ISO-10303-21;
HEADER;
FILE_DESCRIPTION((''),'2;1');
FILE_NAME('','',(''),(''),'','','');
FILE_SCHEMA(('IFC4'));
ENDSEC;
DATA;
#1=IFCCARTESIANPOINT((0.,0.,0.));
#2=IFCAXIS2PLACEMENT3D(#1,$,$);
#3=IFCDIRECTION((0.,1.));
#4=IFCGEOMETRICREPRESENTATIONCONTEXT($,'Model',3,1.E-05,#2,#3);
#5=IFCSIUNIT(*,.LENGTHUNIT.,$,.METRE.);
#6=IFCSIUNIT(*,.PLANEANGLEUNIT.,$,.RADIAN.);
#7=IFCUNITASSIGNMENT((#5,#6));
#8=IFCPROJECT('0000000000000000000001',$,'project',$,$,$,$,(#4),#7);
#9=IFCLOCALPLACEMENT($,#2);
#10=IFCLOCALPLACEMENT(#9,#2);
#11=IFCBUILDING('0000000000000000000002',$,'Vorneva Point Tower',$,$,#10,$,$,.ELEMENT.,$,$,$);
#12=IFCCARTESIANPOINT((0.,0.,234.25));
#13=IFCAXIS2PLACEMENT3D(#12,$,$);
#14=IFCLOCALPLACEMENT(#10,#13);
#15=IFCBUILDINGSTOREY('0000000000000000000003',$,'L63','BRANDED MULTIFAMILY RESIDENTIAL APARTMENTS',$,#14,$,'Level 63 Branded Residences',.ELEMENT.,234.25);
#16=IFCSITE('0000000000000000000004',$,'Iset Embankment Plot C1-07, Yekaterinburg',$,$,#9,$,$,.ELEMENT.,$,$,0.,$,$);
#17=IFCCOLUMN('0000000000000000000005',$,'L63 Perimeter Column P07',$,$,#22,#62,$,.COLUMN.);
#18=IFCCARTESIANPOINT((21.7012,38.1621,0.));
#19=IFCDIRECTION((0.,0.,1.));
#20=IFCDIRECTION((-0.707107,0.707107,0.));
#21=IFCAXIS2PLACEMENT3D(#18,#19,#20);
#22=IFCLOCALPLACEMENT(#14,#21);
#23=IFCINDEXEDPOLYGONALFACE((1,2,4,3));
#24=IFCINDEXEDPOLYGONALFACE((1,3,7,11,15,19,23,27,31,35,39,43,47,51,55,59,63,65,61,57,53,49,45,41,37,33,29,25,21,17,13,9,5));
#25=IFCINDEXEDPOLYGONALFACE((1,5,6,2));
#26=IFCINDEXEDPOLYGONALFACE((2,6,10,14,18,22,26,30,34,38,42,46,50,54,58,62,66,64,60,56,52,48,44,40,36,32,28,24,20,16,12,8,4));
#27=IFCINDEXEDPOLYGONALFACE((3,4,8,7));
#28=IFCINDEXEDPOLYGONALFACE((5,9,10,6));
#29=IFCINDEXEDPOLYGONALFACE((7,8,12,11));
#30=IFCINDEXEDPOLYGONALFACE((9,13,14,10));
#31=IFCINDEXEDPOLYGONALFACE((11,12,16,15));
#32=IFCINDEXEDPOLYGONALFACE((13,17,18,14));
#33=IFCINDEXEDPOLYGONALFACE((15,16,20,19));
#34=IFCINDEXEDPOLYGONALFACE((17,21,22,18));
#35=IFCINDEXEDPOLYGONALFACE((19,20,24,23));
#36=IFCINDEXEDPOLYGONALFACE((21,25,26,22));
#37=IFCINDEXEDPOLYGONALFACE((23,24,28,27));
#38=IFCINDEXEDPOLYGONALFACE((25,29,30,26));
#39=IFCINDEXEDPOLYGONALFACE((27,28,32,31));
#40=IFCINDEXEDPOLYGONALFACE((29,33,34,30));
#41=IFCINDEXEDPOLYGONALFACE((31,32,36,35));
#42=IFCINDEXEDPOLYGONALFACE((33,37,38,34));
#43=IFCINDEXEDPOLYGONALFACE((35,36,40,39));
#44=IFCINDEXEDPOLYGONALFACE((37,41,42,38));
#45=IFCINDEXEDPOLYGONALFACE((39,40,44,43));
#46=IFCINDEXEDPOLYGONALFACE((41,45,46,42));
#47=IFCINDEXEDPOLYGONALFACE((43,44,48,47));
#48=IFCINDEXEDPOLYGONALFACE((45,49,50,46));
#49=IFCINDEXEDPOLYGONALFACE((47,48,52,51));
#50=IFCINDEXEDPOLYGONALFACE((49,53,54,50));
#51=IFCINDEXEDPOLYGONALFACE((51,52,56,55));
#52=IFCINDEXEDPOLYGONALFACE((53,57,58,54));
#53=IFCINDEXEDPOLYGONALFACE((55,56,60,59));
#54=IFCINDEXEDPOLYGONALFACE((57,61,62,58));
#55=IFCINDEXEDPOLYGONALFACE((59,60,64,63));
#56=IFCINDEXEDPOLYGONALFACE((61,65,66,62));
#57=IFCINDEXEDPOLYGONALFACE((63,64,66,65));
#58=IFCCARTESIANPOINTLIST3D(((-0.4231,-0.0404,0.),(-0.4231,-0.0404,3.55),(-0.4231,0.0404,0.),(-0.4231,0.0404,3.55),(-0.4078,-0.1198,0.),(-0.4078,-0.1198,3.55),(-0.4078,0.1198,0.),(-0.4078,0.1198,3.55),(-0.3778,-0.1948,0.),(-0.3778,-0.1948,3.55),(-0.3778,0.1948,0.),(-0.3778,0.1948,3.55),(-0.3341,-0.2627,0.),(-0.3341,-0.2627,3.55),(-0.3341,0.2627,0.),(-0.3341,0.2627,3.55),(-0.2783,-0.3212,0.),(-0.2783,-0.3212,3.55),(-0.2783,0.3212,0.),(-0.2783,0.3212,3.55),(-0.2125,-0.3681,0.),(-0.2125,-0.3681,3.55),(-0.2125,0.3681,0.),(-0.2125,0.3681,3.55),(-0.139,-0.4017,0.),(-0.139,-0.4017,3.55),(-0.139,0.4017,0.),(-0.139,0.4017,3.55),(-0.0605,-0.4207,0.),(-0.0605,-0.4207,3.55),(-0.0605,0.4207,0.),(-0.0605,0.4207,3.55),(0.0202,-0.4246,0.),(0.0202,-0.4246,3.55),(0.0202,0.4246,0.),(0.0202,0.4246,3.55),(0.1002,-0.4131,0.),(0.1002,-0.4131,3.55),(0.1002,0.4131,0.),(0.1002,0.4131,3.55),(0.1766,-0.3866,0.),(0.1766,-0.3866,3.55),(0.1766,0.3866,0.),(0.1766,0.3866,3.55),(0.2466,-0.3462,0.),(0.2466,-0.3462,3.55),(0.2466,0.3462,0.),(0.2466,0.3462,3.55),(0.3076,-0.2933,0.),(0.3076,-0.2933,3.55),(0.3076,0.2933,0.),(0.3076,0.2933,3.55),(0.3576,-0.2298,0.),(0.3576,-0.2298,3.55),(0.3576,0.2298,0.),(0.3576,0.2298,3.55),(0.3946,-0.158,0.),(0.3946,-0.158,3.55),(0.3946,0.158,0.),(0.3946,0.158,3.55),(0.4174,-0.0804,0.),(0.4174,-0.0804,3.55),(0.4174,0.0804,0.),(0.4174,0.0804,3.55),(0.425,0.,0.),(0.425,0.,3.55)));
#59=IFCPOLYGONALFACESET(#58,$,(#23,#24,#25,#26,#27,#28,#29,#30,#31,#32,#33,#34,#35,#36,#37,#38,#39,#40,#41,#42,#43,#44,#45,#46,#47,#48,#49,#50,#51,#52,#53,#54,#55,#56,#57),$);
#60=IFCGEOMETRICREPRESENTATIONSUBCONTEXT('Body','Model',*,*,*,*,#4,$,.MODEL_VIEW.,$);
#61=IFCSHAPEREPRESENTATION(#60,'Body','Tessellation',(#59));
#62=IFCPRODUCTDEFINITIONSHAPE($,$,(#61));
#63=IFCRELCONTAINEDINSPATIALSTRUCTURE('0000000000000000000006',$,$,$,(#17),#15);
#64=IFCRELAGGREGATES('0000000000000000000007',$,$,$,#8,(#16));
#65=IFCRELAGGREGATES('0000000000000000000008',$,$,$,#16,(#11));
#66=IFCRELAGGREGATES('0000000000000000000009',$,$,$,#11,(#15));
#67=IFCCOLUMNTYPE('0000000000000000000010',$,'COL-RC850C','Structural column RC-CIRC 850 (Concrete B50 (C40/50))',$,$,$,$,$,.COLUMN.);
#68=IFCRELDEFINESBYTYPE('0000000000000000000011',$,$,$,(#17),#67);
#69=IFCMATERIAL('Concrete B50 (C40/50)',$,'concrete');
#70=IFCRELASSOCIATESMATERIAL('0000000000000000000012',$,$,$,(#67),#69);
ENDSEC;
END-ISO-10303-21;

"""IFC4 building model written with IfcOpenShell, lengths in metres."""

from ifc_helpers import new_model, si_unit, direction, frame, origin, origin_2d, place, context, subcontext, project, spatial, circle, extrude, material, material_profile, profile_set, type_object, element, save


model = new_model("IFC4")

# Units and contexts
model_context = context("Model", 3, precision=1e-05, world=origin(), true_north=direction((0.0, 1.0)))
body_context = subcontext(model_context, "Body", "Model", "MODEL_VIEW")
ifc_project = project(units=[si_unit("LENGTHUNIT", "METRE"), si_unit("PLANEANGLEUNIT", "RADIAN")], contexts=[model_context])

# Site, building, storey
site_placement = place(None, origin())
site = spatial("IfcSite", under=ifc_project, at=site_placement, Name="Iset Embankment Plot C1-07, Yekaterinburg", CompositionType="ELEMENT", RefElevation=0.0)
building_placement = place(site_placement, origin())
building = spatial("IfcBuilding", under=site, at=building_placement, Name="Vorneva Point Tower", CompositionType="ELEMENT")
storey_placement = place(building_placement, frame((0.0, 0.0, 234.25)))
storey = spatial("IfcBuildingStorey", under=building, at=storey_placement, Name="L63", Description="BRANDED MULTIFAMILY RESIDENTIAL APARTMENTS", LongName="Level 63 Branded Residences", CompositionType="ELEMENT", Elevation=234.25)

# Column
ifc_material_1 = material(Name="Concrete B50 (C40/50)", Category="concrete")
ifc_material_profile_1 = material_profile(ifc_material_1, circle(Radius=0.425, at=origin_2d()), Name="RC-CIRC 850")
ifc_profile_set_1 = profile_set([ifc_material_profile_1], Name="Concrete B50 (C40/50)")
column_type = type_object("IfcColumnType", Name="COL-RC850C", Description="Structural column RC-CIRC 850 (Concrete B50 (C40/50))", PredefinedType="COLUMN", material=ifc_profile_set_1)
column_placement = place(storey_placement, frame((21.7012, 38.1621, 0.0), z_axis=(0.0, 0.0, 1.0), x_axis=(-0.707107, 0.707107, 0.0)))
element("IfcColumn", 1, at=column_placement, inside=storey, type_object=column_type, Name="L63 Perimeter Column P07", PredefinedType="COLUMN", context=body_context, shape_type="SweptSolid", body=[
    extrude(circle(Radius=0.425, at=origin_2d()), origin(), (0.0, 0.0, 1.0), 3.55),
])

save(model, "model.ifc")
